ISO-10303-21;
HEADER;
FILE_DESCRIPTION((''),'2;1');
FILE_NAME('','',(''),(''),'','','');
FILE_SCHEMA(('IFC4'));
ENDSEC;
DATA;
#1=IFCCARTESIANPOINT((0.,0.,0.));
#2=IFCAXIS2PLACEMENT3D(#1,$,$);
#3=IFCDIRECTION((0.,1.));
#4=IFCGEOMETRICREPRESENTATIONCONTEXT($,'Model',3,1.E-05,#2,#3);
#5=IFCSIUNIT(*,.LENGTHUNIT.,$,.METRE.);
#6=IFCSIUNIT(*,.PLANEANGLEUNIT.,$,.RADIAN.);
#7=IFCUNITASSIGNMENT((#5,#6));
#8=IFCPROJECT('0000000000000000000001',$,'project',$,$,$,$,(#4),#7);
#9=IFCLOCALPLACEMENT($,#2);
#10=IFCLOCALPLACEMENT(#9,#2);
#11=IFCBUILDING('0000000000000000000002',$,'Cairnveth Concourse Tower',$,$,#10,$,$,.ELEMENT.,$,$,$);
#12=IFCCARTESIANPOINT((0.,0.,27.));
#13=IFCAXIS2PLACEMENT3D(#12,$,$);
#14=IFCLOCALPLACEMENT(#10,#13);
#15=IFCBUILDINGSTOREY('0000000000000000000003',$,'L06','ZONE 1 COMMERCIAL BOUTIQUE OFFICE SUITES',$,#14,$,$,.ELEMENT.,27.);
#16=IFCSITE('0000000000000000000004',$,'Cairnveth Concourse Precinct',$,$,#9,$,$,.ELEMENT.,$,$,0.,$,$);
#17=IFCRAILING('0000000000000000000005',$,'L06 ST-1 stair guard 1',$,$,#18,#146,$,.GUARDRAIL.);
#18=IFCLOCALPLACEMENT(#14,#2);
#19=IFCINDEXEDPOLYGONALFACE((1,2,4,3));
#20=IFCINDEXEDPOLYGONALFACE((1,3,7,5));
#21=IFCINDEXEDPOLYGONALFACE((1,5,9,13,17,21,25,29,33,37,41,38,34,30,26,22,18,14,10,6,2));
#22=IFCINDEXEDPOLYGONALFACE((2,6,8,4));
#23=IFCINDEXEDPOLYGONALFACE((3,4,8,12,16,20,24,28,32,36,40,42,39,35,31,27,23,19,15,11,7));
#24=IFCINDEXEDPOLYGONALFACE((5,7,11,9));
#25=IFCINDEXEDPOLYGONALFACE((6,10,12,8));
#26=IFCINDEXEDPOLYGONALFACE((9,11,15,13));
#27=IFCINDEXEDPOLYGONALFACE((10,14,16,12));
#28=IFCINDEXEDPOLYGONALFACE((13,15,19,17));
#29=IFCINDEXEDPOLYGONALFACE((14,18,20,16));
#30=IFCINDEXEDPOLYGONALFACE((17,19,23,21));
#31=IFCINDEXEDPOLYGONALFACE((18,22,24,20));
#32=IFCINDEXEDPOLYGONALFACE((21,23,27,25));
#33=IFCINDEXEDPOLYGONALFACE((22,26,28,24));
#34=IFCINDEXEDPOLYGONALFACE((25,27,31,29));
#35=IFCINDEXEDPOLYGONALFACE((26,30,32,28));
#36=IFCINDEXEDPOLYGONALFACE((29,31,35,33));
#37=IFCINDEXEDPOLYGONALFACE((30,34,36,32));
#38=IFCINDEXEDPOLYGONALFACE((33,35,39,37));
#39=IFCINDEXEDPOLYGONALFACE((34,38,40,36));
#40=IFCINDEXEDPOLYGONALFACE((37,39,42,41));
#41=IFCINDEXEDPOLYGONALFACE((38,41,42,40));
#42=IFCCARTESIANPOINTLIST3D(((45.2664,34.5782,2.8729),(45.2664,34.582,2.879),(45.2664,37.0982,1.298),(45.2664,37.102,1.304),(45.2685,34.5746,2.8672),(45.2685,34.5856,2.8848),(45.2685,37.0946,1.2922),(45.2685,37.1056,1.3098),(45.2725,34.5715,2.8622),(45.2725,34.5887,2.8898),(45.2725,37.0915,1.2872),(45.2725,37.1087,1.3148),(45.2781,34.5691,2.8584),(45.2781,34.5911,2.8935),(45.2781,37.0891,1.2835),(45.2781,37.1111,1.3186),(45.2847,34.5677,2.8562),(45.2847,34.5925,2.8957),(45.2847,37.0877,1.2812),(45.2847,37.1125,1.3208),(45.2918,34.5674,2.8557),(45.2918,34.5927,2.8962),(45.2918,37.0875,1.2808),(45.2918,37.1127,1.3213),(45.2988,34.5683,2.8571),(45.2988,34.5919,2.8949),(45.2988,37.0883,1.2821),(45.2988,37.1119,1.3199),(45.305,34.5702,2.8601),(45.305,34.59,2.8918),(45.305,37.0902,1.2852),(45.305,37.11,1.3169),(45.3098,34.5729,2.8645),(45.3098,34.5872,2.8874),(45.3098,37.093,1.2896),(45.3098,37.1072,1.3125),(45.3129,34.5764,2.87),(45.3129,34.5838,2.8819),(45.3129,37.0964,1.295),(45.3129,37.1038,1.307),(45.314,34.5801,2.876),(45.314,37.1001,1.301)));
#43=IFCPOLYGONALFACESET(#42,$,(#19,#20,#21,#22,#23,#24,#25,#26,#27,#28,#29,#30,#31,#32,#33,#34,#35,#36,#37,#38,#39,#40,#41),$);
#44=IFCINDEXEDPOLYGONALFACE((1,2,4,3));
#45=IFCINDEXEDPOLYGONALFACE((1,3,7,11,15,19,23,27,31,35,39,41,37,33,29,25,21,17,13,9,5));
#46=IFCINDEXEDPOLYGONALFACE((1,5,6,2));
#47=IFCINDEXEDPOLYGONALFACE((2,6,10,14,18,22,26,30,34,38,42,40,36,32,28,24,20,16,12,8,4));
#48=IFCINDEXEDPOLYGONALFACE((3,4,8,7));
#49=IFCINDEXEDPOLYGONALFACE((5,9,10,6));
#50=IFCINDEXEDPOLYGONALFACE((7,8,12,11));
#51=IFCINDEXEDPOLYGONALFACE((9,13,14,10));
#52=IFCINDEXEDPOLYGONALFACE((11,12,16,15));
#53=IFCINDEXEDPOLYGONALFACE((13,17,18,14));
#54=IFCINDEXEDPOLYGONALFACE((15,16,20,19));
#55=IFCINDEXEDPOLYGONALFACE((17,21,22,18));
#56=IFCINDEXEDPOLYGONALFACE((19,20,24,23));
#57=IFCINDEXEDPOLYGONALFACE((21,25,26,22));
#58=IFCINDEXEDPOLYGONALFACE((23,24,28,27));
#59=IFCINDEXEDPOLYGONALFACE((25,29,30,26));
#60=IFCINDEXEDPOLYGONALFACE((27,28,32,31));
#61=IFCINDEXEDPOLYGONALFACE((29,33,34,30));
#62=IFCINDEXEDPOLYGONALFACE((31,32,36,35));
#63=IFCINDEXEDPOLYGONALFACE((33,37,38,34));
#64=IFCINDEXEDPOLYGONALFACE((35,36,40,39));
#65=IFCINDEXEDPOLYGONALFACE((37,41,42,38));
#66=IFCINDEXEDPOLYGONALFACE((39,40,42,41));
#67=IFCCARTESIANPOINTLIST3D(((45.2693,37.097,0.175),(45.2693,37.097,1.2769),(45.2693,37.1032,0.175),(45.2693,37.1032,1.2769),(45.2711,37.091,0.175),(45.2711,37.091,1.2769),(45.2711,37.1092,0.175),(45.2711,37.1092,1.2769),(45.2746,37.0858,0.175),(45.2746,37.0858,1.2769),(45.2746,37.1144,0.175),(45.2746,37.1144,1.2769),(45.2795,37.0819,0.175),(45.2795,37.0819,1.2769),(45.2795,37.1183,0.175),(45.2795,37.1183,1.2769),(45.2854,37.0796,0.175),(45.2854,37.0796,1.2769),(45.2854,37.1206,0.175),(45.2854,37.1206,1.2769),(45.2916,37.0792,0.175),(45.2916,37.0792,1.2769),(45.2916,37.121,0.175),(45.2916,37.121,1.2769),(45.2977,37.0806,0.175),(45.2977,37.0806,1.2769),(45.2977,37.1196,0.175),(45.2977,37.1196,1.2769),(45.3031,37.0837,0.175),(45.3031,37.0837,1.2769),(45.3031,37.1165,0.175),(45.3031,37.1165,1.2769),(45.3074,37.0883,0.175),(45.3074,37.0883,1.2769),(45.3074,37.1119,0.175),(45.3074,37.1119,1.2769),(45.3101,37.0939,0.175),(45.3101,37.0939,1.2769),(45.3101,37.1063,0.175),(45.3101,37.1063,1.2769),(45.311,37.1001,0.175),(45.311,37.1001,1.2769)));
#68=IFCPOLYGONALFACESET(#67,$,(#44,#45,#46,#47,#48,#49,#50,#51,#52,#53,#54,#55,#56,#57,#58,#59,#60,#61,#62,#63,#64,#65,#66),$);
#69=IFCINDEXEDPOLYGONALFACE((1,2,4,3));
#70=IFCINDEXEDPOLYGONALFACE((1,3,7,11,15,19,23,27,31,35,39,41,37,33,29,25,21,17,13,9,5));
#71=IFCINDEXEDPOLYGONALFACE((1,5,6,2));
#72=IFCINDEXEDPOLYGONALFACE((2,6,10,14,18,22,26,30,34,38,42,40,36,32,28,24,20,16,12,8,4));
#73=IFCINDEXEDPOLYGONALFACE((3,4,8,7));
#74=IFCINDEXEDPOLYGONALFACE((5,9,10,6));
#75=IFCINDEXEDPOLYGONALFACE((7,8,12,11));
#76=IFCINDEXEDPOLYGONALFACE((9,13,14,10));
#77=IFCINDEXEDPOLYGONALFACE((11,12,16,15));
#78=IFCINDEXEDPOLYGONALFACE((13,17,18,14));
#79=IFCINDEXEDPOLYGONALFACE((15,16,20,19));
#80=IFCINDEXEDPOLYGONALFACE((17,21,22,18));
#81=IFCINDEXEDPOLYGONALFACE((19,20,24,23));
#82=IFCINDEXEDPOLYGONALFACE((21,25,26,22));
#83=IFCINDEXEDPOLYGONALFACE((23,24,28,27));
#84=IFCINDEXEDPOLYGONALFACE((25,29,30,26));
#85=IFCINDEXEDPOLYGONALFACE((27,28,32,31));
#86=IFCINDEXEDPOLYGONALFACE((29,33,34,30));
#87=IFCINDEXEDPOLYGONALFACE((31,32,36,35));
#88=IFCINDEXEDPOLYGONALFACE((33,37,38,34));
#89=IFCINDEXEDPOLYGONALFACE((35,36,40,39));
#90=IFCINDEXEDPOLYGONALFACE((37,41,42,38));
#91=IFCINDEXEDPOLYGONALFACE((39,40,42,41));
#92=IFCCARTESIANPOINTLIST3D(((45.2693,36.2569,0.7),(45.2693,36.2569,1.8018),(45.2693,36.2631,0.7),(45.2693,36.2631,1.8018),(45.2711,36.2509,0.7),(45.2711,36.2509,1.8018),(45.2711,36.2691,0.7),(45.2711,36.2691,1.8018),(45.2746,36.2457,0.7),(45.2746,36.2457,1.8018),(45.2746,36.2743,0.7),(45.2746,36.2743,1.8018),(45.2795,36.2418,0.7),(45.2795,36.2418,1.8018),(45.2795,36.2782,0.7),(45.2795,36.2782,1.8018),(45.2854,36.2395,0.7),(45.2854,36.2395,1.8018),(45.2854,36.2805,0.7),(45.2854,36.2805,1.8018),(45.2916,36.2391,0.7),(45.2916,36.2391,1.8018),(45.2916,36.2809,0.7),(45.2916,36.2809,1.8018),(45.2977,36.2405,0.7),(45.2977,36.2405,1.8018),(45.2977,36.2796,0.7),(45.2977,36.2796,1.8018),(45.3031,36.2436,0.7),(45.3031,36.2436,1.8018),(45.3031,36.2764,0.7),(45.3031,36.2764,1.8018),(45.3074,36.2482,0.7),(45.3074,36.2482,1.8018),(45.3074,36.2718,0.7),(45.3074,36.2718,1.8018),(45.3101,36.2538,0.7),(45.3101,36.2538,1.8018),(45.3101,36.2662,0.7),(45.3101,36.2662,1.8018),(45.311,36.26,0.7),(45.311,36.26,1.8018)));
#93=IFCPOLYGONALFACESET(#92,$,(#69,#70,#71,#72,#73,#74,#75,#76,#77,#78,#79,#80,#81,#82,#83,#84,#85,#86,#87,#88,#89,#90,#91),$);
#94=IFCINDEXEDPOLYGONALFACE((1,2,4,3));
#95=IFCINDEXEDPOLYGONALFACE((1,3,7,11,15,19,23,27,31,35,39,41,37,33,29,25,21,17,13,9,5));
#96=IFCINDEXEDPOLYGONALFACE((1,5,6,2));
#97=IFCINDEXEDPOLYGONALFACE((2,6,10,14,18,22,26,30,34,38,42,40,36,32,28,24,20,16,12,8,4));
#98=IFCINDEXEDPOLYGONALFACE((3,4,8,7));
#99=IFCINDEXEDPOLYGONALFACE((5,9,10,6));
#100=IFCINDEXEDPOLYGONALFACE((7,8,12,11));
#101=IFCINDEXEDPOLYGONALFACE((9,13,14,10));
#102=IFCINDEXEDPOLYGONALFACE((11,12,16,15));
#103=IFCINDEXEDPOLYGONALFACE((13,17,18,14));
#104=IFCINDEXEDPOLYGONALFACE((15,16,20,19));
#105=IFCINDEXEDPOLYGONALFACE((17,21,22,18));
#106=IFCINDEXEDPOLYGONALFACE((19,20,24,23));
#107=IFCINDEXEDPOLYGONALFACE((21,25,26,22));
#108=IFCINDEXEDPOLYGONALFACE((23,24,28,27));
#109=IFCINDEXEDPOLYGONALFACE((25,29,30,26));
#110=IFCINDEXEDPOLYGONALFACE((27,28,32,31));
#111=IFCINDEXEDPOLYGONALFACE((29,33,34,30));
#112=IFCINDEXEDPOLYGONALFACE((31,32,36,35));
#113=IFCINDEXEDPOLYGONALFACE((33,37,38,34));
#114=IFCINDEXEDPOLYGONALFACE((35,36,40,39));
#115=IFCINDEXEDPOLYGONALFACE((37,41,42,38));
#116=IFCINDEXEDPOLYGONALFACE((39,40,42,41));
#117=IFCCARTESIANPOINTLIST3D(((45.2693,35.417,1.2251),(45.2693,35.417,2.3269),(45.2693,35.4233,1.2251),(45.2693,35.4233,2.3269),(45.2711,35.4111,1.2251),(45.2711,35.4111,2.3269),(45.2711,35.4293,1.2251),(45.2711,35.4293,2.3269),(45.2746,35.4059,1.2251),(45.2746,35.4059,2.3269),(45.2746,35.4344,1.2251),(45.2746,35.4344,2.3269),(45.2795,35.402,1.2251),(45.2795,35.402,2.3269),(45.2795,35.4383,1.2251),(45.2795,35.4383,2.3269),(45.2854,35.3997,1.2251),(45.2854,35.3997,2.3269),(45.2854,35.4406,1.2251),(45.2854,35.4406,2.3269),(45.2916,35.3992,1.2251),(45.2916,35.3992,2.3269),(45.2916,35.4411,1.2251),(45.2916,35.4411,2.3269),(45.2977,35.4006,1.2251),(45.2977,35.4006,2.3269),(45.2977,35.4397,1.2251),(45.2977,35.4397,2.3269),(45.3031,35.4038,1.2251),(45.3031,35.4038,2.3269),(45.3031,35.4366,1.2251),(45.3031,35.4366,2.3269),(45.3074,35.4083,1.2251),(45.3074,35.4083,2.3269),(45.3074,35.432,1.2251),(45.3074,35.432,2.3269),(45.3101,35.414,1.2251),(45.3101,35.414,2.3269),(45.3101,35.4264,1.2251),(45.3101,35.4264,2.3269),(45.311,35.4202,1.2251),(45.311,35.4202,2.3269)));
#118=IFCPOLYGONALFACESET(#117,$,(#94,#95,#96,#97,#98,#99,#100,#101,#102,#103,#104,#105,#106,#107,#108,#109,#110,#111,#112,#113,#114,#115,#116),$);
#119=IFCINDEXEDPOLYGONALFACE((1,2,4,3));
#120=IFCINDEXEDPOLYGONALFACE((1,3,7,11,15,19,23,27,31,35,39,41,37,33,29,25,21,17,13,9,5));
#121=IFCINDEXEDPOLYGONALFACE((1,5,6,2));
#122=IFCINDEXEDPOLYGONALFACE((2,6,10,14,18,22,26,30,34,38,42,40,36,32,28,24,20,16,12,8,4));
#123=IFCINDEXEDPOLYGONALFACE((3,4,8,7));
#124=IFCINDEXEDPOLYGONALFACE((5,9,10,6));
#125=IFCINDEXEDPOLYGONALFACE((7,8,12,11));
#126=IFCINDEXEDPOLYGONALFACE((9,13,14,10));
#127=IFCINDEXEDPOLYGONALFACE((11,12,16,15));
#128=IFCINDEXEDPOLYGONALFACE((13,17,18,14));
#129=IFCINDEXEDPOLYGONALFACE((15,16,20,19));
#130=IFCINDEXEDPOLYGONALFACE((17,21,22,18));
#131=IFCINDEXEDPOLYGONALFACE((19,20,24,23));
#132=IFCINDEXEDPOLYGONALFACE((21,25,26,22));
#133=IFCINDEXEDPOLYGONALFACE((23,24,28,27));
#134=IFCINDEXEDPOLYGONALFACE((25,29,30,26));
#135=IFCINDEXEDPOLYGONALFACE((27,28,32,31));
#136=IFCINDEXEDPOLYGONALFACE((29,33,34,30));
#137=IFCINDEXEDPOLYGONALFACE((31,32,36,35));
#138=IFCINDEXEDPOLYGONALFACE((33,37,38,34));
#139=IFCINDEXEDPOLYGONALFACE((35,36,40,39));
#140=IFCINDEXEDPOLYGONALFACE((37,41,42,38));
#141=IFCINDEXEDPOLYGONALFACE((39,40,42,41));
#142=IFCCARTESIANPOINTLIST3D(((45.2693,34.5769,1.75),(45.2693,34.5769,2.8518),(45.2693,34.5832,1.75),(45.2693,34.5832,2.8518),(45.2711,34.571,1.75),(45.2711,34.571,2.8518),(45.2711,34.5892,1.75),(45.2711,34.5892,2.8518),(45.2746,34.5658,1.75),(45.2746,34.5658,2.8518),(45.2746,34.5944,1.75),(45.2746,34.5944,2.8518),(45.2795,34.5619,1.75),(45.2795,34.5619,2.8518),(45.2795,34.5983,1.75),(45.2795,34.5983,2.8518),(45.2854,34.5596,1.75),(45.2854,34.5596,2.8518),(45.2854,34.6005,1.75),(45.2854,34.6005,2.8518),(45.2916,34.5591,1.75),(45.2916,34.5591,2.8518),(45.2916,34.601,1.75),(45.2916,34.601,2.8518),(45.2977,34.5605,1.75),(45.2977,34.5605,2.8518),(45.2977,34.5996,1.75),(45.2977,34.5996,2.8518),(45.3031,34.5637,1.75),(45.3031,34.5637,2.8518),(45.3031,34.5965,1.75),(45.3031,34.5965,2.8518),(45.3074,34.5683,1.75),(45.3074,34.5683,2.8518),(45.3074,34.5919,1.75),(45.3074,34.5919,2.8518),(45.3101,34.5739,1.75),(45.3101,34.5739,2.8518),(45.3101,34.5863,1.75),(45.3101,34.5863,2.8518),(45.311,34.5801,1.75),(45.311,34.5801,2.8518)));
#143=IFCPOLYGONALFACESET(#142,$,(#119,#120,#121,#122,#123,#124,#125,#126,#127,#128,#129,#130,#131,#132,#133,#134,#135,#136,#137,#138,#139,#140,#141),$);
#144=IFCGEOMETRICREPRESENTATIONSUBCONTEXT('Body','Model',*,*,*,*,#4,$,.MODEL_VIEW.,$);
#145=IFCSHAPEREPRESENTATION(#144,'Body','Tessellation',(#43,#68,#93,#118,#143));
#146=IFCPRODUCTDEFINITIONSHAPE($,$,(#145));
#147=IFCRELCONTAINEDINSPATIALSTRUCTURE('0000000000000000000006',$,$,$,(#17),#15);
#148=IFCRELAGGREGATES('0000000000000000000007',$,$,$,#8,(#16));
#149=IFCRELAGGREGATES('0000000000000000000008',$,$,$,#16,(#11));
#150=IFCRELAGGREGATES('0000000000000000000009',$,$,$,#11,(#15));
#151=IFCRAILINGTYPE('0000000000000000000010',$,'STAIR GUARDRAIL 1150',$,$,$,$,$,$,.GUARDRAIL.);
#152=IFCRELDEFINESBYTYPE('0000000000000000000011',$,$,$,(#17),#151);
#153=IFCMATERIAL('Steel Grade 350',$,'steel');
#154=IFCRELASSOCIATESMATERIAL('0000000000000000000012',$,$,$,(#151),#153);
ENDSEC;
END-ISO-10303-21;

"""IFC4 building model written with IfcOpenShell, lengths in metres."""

from ifc_helpers import new_model, si_unit, direction, frame, origin, origin_2d, place, context, subcontext, project, spatial, circle, extrude, material, type_object, element, save


model = new_model("IFC4")

# Units and contexts
model_context = context("Model", 3, precision=1e-05, world=origin(), true_north=direction((0.0, 1.0)))
body_context = subcontext(model_context, "Body", "Model", "MODEL_VIEW")
ifc_project = project(units=[si_unit("LENGTHUNIT", "METRE"), si_unit("PLANEANGLEUNIT", "RADIAN")], contexts=[model_context])

# Site, building, storey
site_placement = place(None, origin())
site = spatial("IfcSite", under=ifc_project, at=site_placement, Name="Cairnveth Concourse Precinct", CompositionType="ELEMENT", RefElevation=0.0)
building_placement = place(site_placement, origin())
building = spatial("IfcBuilding", under=site, at=building_placement, Name="Cairnveth Concourse Tower", CompositionType="ELEMENT")
storey_placement = place(building_placement, frame((0.0, 0.0, 27.0)))
storey = spatial("IfcBuildingStorey", under=building, at=storey_placement, Name="L06", Description="ZONE 1 COMMERCIAL BOUTIQUE OFFICE SUITES", CompositionType="ELEMENT", Elevation=27.0)

# Shared definitions
ifc_material_1 = material(Name="Steel Grade 350", Category="steel")

# Railing
railing_type_1 = type_object("IfcRailingType", Name="STAIR GUARDRAIL 1150", PredefinedType="GUARDRAIL", material=ifc_material_1)
railing_1_placement = place(storey_placement, frame((45.29, 37.1001, 0.175)))
element("IfcRailing", 1, at=railing_1_placement, inside=storey, type_object=railing_type_1, Name="L06 ST-1 stair guard 1", PredefinedType="GUARDRAIL", context=body_context, shape_type="SweptSolid", body=[
    extrude(circle(Radius=0.0239, at=origin_2d()), frame((0.0, 0.0, 1.126), z_axis=(0.0, -0.848008, 0.529984), x_axis=(1.0, 0.0, 0.0)), (0.0, 0.0, 1.0), 2.9717),
    extrude(circle(Radius=0.021, at=origin_2d()), origin(), (0.0, 0.0, 1.0), 1.1018),
    extrude(circle(Radius=0.021, at=origin_2d()), frame((0.0, -0.8401, 0.5249)), (0.0, 0.0, 1.0), 1.1018),
    extrude(circle(Radius=0.021, at=origin_2d()), frame((0.0, -1.6799, 1.05)), (0.0, 0.0, 1.0), 1.1018),
    extrude(circle(Radius=0.021, at=origin_2d()), frame((0.0, -2.52, 1.575)), (0.0, 0.0, 1.0), 1.1018),
])

save(model, "model.ifc")
